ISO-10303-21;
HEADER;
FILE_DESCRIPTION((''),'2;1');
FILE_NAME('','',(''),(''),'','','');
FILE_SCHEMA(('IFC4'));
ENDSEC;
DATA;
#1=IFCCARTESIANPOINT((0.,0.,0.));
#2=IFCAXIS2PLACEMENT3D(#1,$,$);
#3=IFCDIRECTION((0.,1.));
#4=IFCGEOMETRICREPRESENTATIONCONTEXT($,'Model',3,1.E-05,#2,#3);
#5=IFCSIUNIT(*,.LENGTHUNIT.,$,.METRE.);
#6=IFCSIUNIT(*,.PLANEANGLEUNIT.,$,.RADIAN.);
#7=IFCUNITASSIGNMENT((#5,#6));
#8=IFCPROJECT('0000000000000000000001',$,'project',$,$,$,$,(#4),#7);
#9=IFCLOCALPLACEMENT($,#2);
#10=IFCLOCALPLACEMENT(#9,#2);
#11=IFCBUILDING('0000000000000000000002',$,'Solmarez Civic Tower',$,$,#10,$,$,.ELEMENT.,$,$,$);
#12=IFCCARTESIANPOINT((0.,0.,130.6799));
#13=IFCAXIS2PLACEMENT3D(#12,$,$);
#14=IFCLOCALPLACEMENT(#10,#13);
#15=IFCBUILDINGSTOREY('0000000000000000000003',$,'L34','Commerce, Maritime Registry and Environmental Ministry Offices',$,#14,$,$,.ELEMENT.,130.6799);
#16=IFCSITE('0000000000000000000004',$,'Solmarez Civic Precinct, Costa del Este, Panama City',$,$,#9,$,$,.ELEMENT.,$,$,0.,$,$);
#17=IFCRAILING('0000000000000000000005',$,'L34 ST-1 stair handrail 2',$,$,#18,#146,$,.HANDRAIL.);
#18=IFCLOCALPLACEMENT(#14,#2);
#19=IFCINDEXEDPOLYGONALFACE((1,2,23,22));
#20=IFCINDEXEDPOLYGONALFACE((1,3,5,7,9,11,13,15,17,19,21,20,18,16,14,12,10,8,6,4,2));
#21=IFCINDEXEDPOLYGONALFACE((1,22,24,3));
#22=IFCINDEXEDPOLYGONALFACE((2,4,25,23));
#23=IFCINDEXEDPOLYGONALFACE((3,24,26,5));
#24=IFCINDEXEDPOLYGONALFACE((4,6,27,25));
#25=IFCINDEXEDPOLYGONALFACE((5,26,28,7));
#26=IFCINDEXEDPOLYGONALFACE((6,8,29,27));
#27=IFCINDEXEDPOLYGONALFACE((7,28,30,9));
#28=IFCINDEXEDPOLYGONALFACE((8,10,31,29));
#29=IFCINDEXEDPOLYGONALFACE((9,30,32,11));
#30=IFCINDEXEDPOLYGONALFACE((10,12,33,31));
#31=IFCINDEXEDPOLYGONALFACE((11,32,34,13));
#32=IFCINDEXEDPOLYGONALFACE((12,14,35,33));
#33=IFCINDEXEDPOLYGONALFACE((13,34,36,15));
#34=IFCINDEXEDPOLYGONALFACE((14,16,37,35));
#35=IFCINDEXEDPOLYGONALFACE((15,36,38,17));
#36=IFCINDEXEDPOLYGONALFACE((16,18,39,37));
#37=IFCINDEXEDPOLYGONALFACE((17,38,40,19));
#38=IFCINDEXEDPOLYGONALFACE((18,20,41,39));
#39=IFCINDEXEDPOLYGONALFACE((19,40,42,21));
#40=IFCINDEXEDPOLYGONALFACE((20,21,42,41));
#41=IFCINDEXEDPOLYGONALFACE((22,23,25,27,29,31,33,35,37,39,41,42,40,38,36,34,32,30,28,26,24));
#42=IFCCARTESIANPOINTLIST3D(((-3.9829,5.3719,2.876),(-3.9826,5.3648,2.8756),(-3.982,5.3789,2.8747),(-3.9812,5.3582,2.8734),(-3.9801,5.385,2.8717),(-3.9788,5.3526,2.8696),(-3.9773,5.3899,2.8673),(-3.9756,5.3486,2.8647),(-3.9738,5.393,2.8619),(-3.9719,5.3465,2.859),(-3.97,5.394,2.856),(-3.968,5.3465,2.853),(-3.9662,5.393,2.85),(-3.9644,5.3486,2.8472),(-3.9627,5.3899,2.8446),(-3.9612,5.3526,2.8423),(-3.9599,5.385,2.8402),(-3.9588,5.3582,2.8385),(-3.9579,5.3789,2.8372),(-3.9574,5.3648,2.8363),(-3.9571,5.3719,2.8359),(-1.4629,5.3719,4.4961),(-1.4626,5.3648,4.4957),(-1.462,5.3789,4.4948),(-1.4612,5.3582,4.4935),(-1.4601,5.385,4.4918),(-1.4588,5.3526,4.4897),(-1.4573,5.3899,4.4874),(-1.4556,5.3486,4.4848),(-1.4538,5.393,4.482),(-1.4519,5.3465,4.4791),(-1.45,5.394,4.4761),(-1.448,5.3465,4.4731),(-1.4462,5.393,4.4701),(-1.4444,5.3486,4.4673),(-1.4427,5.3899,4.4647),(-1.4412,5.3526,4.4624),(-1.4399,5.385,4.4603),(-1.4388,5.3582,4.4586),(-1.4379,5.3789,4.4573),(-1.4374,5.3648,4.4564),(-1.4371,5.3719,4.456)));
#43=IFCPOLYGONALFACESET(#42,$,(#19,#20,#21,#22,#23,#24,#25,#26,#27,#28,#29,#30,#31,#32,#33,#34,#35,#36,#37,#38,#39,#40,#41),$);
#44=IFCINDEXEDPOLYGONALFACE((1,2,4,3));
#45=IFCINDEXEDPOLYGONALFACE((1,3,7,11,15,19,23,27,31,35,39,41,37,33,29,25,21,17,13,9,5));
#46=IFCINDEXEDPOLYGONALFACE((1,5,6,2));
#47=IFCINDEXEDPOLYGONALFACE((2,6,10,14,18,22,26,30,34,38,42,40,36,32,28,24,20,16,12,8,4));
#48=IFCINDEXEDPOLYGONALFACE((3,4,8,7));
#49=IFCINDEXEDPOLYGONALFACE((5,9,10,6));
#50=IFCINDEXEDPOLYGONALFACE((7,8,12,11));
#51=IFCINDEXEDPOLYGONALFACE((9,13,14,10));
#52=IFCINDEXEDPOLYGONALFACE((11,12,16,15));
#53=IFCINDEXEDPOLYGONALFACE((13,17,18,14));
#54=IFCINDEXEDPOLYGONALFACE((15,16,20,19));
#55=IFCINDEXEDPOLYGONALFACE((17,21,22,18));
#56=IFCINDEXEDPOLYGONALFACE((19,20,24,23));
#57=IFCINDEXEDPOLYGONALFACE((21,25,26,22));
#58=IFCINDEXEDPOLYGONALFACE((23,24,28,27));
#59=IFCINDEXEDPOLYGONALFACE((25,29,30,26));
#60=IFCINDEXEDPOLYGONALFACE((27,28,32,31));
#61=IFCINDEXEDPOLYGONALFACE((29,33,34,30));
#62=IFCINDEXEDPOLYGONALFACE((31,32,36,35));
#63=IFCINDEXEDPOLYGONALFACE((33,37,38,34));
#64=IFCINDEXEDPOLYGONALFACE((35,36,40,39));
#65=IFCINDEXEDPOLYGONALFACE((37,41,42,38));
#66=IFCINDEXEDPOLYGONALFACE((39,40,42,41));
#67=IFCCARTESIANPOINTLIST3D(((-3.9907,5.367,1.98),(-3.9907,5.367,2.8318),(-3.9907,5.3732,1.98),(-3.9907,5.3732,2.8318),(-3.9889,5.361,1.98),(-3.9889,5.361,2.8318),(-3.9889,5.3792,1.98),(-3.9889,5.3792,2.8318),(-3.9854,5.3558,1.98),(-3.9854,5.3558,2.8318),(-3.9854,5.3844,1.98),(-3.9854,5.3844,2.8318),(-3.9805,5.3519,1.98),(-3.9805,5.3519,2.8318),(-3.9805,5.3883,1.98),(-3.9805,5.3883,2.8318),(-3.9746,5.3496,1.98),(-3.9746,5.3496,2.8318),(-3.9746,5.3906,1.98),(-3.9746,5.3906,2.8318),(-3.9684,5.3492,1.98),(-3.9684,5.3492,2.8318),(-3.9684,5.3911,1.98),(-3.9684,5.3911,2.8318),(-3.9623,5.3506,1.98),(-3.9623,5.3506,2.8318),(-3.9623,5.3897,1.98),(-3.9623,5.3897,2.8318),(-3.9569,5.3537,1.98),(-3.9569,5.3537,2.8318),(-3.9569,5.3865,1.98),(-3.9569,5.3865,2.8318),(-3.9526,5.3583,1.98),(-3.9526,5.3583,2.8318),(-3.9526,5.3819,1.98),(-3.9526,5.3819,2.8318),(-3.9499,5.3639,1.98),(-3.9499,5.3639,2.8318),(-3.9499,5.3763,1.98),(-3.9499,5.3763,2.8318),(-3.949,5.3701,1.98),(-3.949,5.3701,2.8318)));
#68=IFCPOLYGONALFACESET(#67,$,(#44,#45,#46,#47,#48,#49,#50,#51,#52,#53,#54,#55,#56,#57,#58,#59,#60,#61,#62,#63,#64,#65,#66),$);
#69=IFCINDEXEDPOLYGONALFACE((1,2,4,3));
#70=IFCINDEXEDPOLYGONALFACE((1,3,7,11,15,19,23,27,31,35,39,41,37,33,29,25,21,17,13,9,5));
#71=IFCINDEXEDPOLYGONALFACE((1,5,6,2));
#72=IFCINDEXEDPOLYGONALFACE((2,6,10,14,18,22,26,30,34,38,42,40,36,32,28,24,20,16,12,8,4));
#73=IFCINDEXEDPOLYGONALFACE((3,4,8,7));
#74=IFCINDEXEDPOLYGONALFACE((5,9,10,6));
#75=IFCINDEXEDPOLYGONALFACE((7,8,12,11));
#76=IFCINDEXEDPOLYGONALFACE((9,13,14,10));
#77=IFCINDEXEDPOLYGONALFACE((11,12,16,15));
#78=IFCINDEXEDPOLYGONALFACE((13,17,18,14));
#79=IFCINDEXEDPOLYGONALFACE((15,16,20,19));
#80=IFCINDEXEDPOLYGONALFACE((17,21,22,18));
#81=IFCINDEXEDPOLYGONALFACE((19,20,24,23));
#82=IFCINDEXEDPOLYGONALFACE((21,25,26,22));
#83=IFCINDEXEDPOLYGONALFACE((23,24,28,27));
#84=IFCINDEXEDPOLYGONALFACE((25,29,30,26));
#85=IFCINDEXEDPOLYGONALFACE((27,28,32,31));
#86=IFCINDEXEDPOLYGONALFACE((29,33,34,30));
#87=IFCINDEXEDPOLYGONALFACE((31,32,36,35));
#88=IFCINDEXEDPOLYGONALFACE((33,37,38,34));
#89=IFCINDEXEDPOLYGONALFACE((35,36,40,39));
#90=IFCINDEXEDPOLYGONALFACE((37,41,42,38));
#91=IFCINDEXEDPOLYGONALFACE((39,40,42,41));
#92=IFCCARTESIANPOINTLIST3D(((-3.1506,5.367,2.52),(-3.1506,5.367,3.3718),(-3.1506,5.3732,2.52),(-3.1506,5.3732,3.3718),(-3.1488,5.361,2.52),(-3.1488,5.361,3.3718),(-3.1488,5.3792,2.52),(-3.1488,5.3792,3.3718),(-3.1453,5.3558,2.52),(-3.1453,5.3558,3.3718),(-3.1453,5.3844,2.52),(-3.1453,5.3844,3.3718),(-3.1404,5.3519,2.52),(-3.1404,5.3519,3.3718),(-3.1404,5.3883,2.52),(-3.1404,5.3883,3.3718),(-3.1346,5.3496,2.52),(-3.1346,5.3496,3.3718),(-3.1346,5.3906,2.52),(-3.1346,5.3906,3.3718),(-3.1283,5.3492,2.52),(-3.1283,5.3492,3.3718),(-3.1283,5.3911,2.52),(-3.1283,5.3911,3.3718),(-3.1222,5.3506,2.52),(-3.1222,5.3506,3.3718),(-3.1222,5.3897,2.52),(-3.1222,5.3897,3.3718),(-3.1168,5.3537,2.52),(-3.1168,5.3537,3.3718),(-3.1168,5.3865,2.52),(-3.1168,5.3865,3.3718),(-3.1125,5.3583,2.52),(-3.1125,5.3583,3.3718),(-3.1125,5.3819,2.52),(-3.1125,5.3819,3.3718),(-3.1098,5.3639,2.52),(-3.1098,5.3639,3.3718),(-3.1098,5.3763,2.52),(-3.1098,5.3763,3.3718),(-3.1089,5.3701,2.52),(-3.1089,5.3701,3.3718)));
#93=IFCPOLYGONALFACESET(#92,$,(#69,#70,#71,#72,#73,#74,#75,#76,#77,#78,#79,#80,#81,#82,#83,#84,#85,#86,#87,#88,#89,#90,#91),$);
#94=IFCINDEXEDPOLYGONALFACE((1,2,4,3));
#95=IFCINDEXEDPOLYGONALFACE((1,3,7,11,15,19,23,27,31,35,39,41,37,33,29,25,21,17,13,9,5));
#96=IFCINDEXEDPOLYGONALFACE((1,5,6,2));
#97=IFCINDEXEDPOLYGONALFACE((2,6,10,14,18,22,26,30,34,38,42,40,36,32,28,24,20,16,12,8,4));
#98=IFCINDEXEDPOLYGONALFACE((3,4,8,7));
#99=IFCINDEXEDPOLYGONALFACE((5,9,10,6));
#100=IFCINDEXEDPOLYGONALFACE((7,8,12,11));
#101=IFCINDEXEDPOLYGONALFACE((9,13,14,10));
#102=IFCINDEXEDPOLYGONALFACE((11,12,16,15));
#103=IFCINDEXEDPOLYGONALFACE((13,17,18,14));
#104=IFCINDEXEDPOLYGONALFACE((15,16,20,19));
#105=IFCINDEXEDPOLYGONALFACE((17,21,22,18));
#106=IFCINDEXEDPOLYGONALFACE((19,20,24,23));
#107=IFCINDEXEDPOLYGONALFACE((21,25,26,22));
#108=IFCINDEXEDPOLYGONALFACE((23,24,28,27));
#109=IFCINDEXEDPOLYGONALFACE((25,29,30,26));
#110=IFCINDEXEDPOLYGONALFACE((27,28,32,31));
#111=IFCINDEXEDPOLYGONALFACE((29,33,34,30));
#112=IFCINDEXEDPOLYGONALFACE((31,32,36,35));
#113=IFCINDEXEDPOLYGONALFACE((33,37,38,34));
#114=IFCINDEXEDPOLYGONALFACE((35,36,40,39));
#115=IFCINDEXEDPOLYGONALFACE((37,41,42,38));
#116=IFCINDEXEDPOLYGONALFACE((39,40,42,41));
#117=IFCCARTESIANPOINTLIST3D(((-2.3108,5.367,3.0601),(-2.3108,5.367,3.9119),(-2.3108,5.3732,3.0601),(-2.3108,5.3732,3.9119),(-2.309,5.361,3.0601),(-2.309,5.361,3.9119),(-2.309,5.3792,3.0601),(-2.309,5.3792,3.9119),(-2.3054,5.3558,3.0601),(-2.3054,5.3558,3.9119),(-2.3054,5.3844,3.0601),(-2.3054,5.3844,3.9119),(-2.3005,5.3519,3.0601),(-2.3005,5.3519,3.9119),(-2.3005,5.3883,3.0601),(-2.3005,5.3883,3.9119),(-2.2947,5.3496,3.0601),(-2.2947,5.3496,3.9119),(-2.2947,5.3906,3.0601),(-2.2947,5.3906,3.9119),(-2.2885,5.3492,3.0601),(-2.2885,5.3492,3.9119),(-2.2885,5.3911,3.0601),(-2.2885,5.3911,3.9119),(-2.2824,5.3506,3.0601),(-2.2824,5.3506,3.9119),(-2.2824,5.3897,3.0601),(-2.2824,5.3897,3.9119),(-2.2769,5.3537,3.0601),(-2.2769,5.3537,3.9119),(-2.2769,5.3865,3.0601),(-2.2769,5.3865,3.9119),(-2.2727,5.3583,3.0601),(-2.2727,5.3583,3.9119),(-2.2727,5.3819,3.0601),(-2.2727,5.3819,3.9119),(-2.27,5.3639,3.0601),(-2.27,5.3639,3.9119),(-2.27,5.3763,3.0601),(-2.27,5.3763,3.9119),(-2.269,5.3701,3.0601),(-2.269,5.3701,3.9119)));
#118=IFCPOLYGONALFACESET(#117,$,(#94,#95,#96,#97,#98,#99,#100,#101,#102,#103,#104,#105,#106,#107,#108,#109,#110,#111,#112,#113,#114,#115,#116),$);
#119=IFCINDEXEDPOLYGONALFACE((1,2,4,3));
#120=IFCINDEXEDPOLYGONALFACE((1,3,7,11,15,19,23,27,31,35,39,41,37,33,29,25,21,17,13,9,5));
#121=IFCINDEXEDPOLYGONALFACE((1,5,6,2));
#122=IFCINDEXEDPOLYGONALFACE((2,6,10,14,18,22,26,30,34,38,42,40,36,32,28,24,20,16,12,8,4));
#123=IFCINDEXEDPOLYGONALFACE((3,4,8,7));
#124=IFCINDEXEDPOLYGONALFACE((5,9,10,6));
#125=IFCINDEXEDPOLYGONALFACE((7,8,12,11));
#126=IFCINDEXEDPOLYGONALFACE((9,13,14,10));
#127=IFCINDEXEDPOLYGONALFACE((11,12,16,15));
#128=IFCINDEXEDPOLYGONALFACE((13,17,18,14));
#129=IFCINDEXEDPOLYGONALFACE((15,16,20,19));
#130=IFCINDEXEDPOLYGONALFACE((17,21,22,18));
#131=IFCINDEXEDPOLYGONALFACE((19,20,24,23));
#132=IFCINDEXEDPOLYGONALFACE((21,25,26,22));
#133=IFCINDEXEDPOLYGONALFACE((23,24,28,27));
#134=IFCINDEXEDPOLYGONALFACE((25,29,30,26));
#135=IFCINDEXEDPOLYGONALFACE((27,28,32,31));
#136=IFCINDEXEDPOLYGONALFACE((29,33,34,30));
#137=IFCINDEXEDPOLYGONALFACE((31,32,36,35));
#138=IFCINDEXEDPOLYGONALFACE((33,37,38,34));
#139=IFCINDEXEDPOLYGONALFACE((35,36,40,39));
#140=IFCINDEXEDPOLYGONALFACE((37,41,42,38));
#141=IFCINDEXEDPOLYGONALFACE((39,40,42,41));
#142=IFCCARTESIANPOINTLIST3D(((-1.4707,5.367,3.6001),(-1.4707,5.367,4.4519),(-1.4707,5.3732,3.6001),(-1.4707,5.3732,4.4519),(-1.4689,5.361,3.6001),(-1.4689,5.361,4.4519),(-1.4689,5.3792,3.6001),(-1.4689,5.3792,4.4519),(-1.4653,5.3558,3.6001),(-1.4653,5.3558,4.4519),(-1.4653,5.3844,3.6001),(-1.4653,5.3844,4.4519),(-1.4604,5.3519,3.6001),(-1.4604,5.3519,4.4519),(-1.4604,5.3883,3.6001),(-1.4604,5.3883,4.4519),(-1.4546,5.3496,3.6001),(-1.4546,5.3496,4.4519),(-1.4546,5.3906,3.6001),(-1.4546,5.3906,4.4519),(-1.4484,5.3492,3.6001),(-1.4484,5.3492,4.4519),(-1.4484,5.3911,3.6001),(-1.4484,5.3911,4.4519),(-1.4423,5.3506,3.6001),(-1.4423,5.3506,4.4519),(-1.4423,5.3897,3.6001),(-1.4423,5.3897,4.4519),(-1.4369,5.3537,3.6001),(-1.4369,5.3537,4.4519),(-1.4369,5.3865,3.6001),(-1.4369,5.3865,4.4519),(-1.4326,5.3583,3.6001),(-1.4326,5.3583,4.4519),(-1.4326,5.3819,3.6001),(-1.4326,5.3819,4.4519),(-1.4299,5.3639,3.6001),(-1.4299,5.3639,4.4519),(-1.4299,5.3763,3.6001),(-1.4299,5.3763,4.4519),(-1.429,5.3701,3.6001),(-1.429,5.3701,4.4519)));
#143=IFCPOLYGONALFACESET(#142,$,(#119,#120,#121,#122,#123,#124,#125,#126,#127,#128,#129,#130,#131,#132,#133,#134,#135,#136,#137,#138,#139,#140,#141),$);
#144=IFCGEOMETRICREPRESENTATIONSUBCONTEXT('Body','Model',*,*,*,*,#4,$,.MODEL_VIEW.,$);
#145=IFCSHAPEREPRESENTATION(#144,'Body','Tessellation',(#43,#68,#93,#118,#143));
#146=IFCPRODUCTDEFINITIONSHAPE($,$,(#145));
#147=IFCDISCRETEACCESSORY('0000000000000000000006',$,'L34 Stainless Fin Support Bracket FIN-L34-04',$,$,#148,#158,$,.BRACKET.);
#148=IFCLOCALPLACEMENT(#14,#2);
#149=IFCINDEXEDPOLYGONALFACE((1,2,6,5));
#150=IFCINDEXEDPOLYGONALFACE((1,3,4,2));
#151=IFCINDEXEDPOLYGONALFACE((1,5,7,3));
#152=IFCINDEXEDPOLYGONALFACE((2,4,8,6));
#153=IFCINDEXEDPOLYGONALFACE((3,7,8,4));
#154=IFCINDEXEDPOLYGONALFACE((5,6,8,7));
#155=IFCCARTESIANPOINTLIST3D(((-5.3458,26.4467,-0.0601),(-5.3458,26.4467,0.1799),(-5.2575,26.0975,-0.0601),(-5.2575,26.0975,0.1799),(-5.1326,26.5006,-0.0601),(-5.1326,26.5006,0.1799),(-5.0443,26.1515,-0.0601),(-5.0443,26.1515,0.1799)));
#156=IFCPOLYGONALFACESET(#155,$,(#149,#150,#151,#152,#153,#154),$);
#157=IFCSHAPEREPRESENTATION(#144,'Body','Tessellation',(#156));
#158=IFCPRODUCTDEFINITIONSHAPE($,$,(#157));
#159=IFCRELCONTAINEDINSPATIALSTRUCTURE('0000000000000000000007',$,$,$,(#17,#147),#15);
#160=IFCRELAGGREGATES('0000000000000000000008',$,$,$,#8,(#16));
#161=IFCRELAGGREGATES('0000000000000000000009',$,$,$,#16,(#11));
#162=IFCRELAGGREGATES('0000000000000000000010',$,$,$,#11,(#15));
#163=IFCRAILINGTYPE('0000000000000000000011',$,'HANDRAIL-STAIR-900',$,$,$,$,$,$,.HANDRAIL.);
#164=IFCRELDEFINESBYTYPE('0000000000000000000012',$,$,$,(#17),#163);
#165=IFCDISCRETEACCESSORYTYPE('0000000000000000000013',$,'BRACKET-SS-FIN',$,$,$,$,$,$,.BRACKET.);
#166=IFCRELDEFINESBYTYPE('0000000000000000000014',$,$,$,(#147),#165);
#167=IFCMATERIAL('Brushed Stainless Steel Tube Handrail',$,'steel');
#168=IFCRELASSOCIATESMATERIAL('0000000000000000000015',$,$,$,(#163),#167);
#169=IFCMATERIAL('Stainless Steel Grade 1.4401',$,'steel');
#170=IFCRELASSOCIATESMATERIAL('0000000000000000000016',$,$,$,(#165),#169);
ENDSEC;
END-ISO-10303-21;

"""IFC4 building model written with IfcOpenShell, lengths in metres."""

from ifc_helpers import new_model, si_unit, direction, frame, origin, origin_2d, place, context, subcontext, project, spatial, rectangle, circle, extrude, material, type_object, element, save


model = new_model("IFC4")

# Units and contexts
model_context = context("Model", 3, precision=1e-05, world=origin(), true_north=direction((0.0, 1.0)))
body_context = subcontext(model_context, "Body", "Model", "MODEL_VIEW")
ifc_project = project(units=[si_unit("LENGTHUNIT", "METRE"), si_unit("PLANEANGLEUNIT", "RADIAN")], contexts=[model_context])

# Site, building, storey
site_placement = place(None, origin())
site = spatial("IfcSite", under=ifc_project, at=site_placement, Name="Solmarez Civic Precinct, Costa del Este, Panama City", CompositionType="ELEMENT", RefElevation=0.0)
building_placement = place(site_placement, origin())
building = spatial("IfcBuilding", under=site, at=building_placement, Name="Solmarez Civic Tower", CompositionType="ELEMENT")
storey_placement = place(building_placement, frame((0.0, 0.0, 130.6799)))
storey = spatial("IfcBuildingStorey", under=building, at=storey_placement, Name="L34", Description="Commerce, Maritime Registry and Environmental Ministry Offices", CompositionType="ELEMENT", Elevation=130.6799)

# Railing
ifc_material_1 = material(Name="Brushed Stainless Steel Tube Handrail", Category="steel")
railing_type_1 = type_object("IfcRailingType", Name="HANDRAIL-STAIR-900", PredefinedType="HANDRAIL", material=ifc_material_1)
railing_1_placement = place(storey_placement, frame((-3.97, 5.3701, 1.98)))
element("IfcRailing", 1, at=railing_1_placement, inside=storey, type_object=railing_type_1, Name="L34 ST-1 stair handrail 2", PredefinedType="HANDRAIL", context=body_context, shape_type="SweptSolid", body=[
    extrude(circle(Radius=0.0239, at=origin_2d()), frame((0.0, 0.0, 0.876), z_axis=(0.841163, 0.0, 0.540782), x_axis=(0.0, 1.0, 0.0)), (0.0, 0.0, 1.0), 2.9958),
    extrude(circle(Radius=0.021, at=origin_2d()), origin(), (0.0, 0.0, 1.0), 0.8518),
    extrude(circle(Radius=0.021, at=origin_2d()), frame((0.8401, 0.0, 0.54)), (0.0, 0.0, 1.0), 0.8518),
    extrude(circle(Radius=0.021, at=origin_2d()), frame((1.6799, 0.0, 1.0801)), (0.0, 0.0, 1.0), 0.8518),
    extrude(circle(Radius=0.021, at=origin_2d()), frame((2.52, 0.0, 1.6201)), (0.0, 0.0, 1.0), 0.8518),
])

# Discrete accessory
ifc_material_2 = material(Name="Stainless Steel Grade 1.4401", Category="steel")
discrete_accessory_type = type_object("IfcDiscreteAccessoryType", Name="BRACKET-SS-FIN", PredefinedType="BRACKET", material=ifc_material_2)
discrete_accessory_placement = place(storey_placement, frame((-5.1951, 26.2991, -0.0601), z_axis=(0.0, 0.0, 1.0), x_axis=(-0.245226, 0.969466, 0.0)))
element("IfcDiscreteAccessory", 2, at=discrete_accessory_placement, inside=storey, type_object=discrete_accessory_type, Name="L34 Stainless Fin Support Bracket FIN-L34-04", PredefinedType="BRACKET", context=body_context, shape_type="SweptSolid", body=[
    extrude(rectangle(XDim=0.3601, YDim=0.22, at=origin_2d()), origin(), (0.0, 0.0, 1.0), 0.24),
])

save(model, "model.ifc")
